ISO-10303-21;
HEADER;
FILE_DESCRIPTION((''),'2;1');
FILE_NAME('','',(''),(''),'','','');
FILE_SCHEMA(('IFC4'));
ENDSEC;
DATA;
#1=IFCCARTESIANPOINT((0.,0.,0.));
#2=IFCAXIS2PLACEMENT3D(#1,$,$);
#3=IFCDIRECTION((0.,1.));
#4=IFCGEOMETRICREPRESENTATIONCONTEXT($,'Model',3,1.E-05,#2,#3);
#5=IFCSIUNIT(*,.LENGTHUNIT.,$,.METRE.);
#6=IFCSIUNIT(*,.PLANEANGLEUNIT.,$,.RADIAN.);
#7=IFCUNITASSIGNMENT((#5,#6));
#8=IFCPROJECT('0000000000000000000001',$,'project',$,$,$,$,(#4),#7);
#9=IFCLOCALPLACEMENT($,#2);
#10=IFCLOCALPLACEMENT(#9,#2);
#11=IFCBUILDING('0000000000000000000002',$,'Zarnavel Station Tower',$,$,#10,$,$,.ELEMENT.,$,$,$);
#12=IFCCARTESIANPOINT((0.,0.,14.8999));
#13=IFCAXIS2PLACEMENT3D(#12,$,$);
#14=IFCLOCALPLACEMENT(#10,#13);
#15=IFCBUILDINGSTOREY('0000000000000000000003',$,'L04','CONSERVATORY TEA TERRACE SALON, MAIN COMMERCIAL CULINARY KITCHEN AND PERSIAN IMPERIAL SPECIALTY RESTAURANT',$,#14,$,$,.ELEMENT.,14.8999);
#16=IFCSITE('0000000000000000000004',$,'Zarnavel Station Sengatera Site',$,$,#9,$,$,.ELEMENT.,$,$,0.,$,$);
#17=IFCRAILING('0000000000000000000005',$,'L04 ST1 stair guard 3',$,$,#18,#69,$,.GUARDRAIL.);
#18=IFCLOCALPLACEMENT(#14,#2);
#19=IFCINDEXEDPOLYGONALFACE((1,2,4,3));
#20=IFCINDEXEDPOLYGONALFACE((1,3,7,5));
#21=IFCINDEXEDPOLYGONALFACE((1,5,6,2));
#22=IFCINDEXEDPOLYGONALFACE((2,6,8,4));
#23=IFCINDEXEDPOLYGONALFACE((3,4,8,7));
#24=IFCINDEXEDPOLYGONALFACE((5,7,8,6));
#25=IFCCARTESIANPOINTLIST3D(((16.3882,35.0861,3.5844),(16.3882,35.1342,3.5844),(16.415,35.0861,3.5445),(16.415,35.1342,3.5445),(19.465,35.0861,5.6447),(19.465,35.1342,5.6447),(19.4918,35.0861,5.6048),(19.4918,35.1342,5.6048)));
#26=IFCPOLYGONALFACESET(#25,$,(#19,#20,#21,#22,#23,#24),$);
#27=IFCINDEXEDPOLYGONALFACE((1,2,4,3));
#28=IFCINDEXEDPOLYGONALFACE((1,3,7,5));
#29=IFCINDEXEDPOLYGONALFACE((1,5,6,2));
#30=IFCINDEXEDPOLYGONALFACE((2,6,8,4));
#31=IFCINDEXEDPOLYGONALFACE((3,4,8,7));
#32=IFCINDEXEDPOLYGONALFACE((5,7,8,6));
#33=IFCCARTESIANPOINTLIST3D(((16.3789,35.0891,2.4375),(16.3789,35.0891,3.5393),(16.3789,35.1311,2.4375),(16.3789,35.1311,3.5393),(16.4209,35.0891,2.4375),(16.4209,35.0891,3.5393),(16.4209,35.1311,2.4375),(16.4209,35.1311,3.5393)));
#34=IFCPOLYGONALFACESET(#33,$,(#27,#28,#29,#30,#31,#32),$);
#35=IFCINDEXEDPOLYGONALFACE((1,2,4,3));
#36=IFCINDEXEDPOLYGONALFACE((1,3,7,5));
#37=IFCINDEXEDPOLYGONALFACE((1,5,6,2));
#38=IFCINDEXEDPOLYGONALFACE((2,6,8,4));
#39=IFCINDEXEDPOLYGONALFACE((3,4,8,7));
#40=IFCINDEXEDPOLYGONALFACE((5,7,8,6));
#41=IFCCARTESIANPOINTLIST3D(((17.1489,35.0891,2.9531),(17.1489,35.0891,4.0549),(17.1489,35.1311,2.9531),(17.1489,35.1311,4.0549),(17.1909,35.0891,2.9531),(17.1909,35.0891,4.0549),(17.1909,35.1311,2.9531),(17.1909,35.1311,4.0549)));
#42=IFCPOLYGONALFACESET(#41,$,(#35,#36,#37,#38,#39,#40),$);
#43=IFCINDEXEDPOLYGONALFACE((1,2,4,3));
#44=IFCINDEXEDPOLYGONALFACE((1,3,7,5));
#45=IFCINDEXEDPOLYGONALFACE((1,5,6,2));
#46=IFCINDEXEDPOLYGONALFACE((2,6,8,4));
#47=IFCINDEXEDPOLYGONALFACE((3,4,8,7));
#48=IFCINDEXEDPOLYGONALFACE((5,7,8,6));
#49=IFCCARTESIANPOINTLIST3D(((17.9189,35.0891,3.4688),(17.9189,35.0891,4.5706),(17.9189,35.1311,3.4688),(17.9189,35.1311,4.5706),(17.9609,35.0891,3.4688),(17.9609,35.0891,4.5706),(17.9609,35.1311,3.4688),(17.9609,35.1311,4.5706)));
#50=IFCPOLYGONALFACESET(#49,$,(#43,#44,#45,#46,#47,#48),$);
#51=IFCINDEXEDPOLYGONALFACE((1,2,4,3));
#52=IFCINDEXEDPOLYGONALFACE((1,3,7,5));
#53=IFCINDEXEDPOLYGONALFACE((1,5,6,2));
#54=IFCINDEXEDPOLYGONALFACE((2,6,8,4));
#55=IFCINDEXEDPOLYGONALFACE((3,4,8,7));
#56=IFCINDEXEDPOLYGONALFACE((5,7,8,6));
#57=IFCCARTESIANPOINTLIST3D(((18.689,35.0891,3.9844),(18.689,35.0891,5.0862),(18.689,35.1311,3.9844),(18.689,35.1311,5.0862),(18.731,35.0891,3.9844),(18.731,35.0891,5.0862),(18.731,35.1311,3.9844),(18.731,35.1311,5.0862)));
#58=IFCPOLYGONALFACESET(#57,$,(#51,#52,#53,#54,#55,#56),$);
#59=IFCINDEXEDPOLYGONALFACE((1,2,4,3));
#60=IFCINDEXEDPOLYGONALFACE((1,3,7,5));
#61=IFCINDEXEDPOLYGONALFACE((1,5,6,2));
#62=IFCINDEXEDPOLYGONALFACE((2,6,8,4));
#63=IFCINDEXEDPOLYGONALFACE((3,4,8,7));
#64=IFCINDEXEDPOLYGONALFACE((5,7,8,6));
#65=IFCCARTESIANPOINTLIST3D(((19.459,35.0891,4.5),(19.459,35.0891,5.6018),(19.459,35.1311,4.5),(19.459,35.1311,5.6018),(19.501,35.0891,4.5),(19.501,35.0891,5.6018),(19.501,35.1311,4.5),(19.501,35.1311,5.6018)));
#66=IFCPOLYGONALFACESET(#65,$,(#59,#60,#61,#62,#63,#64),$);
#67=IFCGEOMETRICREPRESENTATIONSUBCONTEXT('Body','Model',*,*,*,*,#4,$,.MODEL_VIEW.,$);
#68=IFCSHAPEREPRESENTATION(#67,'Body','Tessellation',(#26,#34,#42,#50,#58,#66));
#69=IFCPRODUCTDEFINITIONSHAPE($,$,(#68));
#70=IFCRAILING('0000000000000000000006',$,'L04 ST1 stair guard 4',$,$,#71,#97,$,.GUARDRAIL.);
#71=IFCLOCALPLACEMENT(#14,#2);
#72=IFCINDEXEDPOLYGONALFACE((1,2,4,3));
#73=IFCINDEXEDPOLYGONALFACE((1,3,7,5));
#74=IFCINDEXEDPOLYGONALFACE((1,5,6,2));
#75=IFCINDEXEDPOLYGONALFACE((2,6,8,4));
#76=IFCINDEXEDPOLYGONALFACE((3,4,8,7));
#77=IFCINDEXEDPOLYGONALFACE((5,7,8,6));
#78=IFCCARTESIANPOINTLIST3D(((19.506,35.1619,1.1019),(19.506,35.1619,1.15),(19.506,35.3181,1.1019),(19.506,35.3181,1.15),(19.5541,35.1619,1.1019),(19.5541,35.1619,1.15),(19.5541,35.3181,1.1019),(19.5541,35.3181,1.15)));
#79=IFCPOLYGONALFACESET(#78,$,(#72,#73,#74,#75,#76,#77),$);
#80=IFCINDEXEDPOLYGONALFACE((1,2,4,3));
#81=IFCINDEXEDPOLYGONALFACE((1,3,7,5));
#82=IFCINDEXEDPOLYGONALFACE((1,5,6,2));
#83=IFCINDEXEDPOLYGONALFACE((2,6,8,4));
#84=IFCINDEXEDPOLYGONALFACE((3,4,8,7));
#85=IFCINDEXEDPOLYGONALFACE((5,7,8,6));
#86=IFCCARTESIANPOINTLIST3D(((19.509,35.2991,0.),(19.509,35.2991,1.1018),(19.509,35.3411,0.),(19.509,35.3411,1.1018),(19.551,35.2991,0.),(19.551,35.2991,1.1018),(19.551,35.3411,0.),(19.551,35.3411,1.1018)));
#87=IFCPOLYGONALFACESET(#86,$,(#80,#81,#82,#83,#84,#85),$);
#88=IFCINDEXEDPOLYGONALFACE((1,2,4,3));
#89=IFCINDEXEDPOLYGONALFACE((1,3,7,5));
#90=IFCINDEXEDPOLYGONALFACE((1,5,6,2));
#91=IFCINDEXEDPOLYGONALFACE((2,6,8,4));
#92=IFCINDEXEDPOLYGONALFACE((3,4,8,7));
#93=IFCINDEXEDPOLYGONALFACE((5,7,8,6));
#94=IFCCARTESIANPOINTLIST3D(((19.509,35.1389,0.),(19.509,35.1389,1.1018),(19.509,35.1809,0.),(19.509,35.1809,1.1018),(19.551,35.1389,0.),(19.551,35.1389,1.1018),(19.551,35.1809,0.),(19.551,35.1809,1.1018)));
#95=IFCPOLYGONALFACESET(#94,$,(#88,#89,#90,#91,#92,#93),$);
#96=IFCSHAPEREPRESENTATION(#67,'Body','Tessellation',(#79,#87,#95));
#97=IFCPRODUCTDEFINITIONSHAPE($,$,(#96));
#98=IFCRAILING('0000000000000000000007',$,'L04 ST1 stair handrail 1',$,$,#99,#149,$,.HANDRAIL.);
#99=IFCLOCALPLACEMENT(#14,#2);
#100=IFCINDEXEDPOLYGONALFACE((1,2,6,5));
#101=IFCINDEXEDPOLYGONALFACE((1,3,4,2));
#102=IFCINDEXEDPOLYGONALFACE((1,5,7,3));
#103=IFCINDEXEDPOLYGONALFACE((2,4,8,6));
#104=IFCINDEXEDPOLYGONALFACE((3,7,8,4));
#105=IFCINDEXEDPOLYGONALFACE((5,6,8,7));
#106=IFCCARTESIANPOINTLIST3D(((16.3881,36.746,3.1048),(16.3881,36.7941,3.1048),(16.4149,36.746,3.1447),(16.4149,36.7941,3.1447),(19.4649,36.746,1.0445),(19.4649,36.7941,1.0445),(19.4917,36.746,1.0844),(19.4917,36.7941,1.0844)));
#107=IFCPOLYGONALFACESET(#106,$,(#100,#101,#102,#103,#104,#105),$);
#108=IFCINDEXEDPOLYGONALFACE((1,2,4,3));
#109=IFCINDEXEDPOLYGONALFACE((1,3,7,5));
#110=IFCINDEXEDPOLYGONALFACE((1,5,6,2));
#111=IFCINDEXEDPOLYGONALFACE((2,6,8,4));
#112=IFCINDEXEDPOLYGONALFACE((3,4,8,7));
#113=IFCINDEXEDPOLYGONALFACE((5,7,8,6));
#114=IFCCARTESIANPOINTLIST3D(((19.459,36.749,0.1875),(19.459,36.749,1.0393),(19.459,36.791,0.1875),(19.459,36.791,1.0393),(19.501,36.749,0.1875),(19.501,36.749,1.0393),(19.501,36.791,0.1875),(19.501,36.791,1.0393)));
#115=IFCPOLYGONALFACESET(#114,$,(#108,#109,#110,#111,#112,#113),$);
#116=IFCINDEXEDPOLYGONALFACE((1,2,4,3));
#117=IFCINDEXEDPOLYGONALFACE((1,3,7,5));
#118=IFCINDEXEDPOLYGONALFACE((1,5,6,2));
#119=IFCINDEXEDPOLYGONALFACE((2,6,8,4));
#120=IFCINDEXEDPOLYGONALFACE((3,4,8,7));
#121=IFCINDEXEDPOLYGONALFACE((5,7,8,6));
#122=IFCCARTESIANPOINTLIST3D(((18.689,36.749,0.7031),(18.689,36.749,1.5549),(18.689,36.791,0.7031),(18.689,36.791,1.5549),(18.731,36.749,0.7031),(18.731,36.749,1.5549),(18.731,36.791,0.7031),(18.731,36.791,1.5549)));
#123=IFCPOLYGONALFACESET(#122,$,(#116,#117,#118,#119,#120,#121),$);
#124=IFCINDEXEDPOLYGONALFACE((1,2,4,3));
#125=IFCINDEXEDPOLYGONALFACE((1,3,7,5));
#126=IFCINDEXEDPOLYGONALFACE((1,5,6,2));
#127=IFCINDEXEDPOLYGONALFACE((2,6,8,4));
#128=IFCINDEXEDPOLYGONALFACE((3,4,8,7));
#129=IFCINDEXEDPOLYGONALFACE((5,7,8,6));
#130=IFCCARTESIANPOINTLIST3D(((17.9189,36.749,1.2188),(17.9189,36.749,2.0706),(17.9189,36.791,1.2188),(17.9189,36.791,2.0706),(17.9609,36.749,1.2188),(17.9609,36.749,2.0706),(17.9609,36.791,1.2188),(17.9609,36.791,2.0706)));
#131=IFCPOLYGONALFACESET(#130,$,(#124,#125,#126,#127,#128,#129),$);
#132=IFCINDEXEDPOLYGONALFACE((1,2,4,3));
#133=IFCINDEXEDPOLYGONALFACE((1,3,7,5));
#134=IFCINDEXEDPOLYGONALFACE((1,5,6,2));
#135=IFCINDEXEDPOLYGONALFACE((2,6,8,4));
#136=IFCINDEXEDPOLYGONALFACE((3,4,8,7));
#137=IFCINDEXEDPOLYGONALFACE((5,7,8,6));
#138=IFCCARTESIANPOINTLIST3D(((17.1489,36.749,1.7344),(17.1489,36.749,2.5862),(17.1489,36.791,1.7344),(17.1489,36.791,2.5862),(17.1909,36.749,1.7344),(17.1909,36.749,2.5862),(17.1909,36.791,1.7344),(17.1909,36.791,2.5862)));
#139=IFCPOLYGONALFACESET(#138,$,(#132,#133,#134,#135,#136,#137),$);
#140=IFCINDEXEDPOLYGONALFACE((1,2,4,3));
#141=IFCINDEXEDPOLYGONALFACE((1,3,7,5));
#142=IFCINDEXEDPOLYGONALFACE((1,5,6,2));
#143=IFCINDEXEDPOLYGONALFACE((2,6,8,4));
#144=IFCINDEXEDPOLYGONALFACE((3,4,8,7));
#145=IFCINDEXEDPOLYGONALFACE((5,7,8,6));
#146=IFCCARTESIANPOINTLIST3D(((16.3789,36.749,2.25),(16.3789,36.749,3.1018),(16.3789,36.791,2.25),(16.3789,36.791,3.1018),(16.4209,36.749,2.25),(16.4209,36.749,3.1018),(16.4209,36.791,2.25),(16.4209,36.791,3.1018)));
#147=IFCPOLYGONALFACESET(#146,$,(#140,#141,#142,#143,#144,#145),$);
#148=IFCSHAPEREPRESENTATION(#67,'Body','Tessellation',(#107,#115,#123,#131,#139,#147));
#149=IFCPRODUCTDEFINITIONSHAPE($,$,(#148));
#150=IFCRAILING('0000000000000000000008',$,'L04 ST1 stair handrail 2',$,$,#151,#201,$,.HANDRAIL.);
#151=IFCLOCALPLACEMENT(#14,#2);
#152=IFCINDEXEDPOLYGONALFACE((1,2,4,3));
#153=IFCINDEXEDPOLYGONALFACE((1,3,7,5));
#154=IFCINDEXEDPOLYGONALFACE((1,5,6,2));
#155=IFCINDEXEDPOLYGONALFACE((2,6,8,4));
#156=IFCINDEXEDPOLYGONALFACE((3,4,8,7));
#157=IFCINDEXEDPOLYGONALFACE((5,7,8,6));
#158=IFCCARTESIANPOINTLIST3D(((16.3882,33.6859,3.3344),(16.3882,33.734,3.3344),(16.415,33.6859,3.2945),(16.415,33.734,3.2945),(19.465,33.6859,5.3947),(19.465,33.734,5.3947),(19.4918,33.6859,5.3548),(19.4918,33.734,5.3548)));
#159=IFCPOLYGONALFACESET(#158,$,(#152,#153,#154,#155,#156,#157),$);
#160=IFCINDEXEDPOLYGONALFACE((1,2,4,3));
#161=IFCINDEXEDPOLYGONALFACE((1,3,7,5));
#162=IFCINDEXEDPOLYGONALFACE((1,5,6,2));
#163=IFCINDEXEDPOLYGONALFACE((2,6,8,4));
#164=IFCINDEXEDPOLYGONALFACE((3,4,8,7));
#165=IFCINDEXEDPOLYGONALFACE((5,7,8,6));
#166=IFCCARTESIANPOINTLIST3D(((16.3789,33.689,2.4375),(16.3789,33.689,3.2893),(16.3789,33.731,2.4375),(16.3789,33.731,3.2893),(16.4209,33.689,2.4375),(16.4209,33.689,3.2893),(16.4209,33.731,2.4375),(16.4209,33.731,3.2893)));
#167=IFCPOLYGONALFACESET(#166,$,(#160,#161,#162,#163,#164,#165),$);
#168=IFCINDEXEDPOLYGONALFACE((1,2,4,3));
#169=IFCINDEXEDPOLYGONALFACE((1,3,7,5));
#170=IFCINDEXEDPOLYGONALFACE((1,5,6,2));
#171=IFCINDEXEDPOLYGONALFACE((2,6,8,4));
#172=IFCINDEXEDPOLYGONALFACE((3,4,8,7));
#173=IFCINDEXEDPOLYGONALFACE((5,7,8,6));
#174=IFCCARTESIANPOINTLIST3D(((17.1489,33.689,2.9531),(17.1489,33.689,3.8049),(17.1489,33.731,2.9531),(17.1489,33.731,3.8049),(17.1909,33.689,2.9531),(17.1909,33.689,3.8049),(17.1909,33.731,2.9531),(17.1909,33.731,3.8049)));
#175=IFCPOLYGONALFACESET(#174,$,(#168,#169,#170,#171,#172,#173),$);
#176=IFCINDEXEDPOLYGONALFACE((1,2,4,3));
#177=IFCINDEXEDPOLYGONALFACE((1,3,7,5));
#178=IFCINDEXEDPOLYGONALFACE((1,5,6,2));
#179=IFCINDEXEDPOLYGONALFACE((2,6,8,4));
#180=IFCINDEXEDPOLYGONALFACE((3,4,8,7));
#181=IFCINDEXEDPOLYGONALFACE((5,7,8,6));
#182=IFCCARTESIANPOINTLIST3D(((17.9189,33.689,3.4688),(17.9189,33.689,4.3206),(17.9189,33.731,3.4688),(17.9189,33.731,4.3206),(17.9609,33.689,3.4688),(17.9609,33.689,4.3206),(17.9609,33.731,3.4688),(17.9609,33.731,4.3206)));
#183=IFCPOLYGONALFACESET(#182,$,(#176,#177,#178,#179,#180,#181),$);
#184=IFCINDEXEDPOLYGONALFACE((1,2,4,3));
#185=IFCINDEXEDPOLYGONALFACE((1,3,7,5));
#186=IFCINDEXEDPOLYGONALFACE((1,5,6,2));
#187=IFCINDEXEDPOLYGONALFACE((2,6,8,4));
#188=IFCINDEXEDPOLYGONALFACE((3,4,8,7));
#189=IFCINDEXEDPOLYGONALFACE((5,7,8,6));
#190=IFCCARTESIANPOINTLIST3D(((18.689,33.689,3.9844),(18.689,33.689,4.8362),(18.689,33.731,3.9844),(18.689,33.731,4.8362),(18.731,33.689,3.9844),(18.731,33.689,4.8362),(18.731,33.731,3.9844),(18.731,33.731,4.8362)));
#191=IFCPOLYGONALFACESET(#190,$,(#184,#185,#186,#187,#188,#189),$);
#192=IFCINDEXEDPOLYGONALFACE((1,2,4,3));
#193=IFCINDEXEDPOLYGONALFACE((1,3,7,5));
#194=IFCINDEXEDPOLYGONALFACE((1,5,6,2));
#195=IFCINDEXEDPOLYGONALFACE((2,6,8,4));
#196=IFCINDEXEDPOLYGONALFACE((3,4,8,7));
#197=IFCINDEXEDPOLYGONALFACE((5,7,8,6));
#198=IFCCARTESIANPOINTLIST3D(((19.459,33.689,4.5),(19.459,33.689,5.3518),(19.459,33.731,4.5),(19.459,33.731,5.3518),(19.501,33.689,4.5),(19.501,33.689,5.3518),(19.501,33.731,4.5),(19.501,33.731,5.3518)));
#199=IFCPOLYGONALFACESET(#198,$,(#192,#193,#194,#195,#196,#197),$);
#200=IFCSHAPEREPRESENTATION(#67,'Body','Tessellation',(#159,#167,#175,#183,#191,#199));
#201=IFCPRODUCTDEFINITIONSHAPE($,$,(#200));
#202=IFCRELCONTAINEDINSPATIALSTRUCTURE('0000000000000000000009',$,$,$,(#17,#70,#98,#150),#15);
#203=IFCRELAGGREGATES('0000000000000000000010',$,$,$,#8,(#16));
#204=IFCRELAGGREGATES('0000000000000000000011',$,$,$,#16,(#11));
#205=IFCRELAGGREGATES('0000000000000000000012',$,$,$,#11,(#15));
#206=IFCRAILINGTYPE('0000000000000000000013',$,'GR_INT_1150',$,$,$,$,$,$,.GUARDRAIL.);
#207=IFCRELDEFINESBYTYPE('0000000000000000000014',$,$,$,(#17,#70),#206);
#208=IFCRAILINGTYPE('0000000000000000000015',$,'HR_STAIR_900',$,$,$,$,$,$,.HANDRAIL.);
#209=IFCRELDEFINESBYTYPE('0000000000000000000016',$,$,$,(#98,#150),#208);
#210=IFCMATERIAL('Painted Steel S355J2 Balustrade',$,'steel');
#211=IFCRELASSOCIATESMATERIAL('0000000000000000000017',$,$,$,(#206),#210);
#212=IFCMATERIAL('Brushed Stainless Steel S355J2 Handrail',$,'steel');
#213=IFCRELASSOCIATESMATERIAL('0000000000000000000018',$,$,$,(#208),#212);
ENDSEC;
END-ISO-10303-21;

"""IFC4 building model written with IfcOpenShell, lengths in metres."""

from ifc_helpers import new_model, si_unit, direction, frame, origin, origin_2d, place, context, subcontext, project, spatial, rectangle, extrude, material, type_object, element, save


model = new_model("IFC4")

# Units and contexts
model_context = context("Model", 3, precision=1e-05, world=origin(), true_north=direction((0.0, 1.0)))
body_context = subcontext(model_context, "Body", "Model", "MODEL_VIEW")
ifc_project = project(units=[si_unit("LENGTHUNIT", "METRE"), si_unit("PLANEANGLEUNIT", "RADIAN")], contexts=[model_context])

# Site, building, storey
site_placement = place(None, origin())
site = spatial("IfcSite", under=ifc_project, at=site_placement, Name="Zarnavel Station Sengatera Site", CompositionType="ELEMENT", RefElevation=0.0)
building_placement = place(site_placement, origin())
building = spatial("IfcBuilding", under=site, at=building_placement, Name="Zarnavel Station Tower", CompositionType="ELEMENT")
storey_placement = place(building_placement, frame((0.0, 0.0, 14.8999)))
storey = spatial("IfcBuildingStorey", under=building, at=storey_placement, Name="L04", Description="CONSERVATORY TEA TERRACE SALON, MAIN COMMERCIAL CULINARY KITCHEN AND PERSIAN IMPERIAL SPECIALTY RESTAURANT", CompositionType="ELEMENT", Elevation=14.8999)

# Railings
ifc_material_1 = material(Name="Painted Steel S355J2 Balustrade", Category="steel")
railing_type_1 = type_object("IfcRailingType", Name="GR_INT_1150", PredefinedType="GUARDRAIL", material=ifc_material_1)
railing_1_placement = place(storey_placement, frame((16.3999, 35.1101, 2.4375)))
element("IfcRailing", 1, at=railing_1_placement, inside=storey, type_object=railing_type_1, Name="L04 ST1 stair guard 3", PredefinedType="GUARDRAIL", context=body_context, shape_type="SweptSolid", body=[
    extrude(rectangle(XDim=0.0481, YDim=0.0481, at=origin_2d()), frame((0.0017, 0.0, 1.127), z_axis=(0.830914, 0.0, 0.556401), x_axis=(0.0, 1.0, 0.0)), (0.0, 0.0, 1.0), 3.7029),
    extrude(rectangle(XDim=0.042, YDim=0.042, at=origin_2d()), origin(), (0.0, 0.0, 1.0), 1.1018),
    extrude(rectangle(XDim=0.042, YDim=0.042, at=origin_2d()), frame((0.77, 0.0, 0.5156)), (0.0, 0.0, 1.0), 1.1018),
    extrude(rectangle(XDim=0.042, YDim=0.042, at=origin_2d()), frame((1.54, 0.0, 1.0312)), (0.0, 0.0, 1.0), 1.1018),
    extrude(rectangle(XDim=0.042, YDim=0.042, at=origin_2d()), frame((2.3101, 0.0, 1.5469)), (0.0, 0.0, 1.0), 1.1018),
    extrude(rectangle(XDim=0.042, YDim=0.042, at=origin_2d()), frame((3.0801, 0.0, 2.0625)), (0.0, 0.0, 1.0), 1.1018),
])
railing_2_placement = place(storey_placement, frame((19.53, 35.3201, 0.0)))
element("IfcRailing", 2, at=railing_2_placement, inside=storey, type_object=railing_type_1, Name="L04 ST1 stair guard 4", PredefinedType="GUARDRAIL", context=body_context, shape_type="SweptSolid", body=[
    extrude(rectangle(XDim=0.0481, YDim=0.0481, at=origin_2d()), frame((0.0, -0.002, 1.126), z_axis=(0.0, -1.0, 0.0), x_axis=(1.0, 0.0, 0.0)), (0.0, 0.0, 1.0), 0.1562),
    extrude(rectangle(XDim=0.042, YDim=0.042, at=origin_2d()), origin(), (0.0, 0.0, 1.0), 1.1018),
    extrude(rectangle(XDim=0.042, YDim=0.042, at=origin_2d()), frame((0.0, -0.1602, 0.0)), (0.0, 0.0, 1.0), 1.1018),
])
ifc_material_2 = material(Name="Brushed Stainless Steel S355J2 Handrail", Category="steel")
railing_type_2 = type_object("IfcRailingType", Name="HR_STAIR_900", PredefinedType="HANDRAIL", material=ifc_material_2)
railing_3_placement = place(storey_placement, frame((19.48, 36.77, 0.1875)))
element("IfcRailing", 3, at=railing_3_placement, inside=storey, type_object=railing_type_2, Name="L04 ST1 stair handrail 1", PredefinedType="HANDRAIL", context=body_context, shape_type="SweptSolid", body=[
    extrude(rectangle(XDim=0.0481, YDim=0.0481, at=origin_2d()), frame((-0.0017, 0.0, 0.877), z_axis=(-0.830914, 0.0, 0.556401), x_axis=(0.0, -1.0, 0.0)), (0.0, 0.0, 1.0), 3.7029),
    extrude(rectangle(XDim=0.042, YDim=0.042, at=origin_2d()), origin(), (0.0, 0.0, 1.0), 0.8518),
    extrude(rectangle(XDim=0.042, YDim=0.042, at=origin_2d()), frame((-0.77, 0.0, 0.5156)), (0.0, 0.0, 1.0), 0.8518),
    extrude(rectangle(XDim=0.042, YDim=0.042, at=origin_2d()), frame((-1.54, 0.0, 1.0312)), (0.0, 0.0, 1.0), 0.8518),
    extrude(rectangle(XDim=0.042, YDim=0.042, at=origin_2d()), frame((-2.3101, 0.0, 1.5469)), (0.0, 0.0, 1.0), 0.8518),
    extrude(rectangle(XDim=0.042, YDim=0.042, at=origin_2d()), frame((-3.0801, 0.0, 2.0625)), (0.0, 0.0, 1.0), 0.8518),
])
railing_4_placement = place(storey_placement, frame((16.3999, 33.71, 2.4375)))
element("IfcRailing", 4, at=railing_4_placement, inside=storey, type_object=railing_type_2, Name="L04 ST1 stair handrail 2", PredefinedType="HANDRAIL", context=body_context, shape_type="SweptSolid", body=[
    extrude(rectangle(XDim=0.0481, YDim=0.0481, at=origin_2d()), frame((0.0017, 0.0, 0.877), z_axis=(0.830914, 0.0, 0.556401), x_axis=(0.0, 1.0, 0.0)), (0.0, 0.0, 1.0), 3.7029),
    extrude(rectangle(XDim=0.042, YDim=0.042, at=origin_2d()), origin(), (0.0, 0.0, 1.0), 0.8518),
    extrude(rectangle(XDim=0.042, YDim=0.042, at=origin_2d()), frame((0.77, 0.0, 0.5156)), (0.0, 0.0, 1.0), 0.8518),
    extrude(rectangle(XDim=0.042, YDim=0.042, at=origin_2d()), frame((1.54, 0.0, 1.0312)), (0.0, 0.0, 1.0), 0.8518),
    extrude(rectangle(XDim=0.042, YDim=0.042, at=origin_2d()), frame((2.3101, 0.0, 1.5469)), (0.0, 0.0, 1.0), 0.8518),
    extrude(rectangle(XDim=0.042, YDim=0.042, at=origin_2d()), frame((3.0801, 0.0, 2.0625)), (0.0, 0.0, 1.0), 0.8518),
])

save(model, "model.ifc")
